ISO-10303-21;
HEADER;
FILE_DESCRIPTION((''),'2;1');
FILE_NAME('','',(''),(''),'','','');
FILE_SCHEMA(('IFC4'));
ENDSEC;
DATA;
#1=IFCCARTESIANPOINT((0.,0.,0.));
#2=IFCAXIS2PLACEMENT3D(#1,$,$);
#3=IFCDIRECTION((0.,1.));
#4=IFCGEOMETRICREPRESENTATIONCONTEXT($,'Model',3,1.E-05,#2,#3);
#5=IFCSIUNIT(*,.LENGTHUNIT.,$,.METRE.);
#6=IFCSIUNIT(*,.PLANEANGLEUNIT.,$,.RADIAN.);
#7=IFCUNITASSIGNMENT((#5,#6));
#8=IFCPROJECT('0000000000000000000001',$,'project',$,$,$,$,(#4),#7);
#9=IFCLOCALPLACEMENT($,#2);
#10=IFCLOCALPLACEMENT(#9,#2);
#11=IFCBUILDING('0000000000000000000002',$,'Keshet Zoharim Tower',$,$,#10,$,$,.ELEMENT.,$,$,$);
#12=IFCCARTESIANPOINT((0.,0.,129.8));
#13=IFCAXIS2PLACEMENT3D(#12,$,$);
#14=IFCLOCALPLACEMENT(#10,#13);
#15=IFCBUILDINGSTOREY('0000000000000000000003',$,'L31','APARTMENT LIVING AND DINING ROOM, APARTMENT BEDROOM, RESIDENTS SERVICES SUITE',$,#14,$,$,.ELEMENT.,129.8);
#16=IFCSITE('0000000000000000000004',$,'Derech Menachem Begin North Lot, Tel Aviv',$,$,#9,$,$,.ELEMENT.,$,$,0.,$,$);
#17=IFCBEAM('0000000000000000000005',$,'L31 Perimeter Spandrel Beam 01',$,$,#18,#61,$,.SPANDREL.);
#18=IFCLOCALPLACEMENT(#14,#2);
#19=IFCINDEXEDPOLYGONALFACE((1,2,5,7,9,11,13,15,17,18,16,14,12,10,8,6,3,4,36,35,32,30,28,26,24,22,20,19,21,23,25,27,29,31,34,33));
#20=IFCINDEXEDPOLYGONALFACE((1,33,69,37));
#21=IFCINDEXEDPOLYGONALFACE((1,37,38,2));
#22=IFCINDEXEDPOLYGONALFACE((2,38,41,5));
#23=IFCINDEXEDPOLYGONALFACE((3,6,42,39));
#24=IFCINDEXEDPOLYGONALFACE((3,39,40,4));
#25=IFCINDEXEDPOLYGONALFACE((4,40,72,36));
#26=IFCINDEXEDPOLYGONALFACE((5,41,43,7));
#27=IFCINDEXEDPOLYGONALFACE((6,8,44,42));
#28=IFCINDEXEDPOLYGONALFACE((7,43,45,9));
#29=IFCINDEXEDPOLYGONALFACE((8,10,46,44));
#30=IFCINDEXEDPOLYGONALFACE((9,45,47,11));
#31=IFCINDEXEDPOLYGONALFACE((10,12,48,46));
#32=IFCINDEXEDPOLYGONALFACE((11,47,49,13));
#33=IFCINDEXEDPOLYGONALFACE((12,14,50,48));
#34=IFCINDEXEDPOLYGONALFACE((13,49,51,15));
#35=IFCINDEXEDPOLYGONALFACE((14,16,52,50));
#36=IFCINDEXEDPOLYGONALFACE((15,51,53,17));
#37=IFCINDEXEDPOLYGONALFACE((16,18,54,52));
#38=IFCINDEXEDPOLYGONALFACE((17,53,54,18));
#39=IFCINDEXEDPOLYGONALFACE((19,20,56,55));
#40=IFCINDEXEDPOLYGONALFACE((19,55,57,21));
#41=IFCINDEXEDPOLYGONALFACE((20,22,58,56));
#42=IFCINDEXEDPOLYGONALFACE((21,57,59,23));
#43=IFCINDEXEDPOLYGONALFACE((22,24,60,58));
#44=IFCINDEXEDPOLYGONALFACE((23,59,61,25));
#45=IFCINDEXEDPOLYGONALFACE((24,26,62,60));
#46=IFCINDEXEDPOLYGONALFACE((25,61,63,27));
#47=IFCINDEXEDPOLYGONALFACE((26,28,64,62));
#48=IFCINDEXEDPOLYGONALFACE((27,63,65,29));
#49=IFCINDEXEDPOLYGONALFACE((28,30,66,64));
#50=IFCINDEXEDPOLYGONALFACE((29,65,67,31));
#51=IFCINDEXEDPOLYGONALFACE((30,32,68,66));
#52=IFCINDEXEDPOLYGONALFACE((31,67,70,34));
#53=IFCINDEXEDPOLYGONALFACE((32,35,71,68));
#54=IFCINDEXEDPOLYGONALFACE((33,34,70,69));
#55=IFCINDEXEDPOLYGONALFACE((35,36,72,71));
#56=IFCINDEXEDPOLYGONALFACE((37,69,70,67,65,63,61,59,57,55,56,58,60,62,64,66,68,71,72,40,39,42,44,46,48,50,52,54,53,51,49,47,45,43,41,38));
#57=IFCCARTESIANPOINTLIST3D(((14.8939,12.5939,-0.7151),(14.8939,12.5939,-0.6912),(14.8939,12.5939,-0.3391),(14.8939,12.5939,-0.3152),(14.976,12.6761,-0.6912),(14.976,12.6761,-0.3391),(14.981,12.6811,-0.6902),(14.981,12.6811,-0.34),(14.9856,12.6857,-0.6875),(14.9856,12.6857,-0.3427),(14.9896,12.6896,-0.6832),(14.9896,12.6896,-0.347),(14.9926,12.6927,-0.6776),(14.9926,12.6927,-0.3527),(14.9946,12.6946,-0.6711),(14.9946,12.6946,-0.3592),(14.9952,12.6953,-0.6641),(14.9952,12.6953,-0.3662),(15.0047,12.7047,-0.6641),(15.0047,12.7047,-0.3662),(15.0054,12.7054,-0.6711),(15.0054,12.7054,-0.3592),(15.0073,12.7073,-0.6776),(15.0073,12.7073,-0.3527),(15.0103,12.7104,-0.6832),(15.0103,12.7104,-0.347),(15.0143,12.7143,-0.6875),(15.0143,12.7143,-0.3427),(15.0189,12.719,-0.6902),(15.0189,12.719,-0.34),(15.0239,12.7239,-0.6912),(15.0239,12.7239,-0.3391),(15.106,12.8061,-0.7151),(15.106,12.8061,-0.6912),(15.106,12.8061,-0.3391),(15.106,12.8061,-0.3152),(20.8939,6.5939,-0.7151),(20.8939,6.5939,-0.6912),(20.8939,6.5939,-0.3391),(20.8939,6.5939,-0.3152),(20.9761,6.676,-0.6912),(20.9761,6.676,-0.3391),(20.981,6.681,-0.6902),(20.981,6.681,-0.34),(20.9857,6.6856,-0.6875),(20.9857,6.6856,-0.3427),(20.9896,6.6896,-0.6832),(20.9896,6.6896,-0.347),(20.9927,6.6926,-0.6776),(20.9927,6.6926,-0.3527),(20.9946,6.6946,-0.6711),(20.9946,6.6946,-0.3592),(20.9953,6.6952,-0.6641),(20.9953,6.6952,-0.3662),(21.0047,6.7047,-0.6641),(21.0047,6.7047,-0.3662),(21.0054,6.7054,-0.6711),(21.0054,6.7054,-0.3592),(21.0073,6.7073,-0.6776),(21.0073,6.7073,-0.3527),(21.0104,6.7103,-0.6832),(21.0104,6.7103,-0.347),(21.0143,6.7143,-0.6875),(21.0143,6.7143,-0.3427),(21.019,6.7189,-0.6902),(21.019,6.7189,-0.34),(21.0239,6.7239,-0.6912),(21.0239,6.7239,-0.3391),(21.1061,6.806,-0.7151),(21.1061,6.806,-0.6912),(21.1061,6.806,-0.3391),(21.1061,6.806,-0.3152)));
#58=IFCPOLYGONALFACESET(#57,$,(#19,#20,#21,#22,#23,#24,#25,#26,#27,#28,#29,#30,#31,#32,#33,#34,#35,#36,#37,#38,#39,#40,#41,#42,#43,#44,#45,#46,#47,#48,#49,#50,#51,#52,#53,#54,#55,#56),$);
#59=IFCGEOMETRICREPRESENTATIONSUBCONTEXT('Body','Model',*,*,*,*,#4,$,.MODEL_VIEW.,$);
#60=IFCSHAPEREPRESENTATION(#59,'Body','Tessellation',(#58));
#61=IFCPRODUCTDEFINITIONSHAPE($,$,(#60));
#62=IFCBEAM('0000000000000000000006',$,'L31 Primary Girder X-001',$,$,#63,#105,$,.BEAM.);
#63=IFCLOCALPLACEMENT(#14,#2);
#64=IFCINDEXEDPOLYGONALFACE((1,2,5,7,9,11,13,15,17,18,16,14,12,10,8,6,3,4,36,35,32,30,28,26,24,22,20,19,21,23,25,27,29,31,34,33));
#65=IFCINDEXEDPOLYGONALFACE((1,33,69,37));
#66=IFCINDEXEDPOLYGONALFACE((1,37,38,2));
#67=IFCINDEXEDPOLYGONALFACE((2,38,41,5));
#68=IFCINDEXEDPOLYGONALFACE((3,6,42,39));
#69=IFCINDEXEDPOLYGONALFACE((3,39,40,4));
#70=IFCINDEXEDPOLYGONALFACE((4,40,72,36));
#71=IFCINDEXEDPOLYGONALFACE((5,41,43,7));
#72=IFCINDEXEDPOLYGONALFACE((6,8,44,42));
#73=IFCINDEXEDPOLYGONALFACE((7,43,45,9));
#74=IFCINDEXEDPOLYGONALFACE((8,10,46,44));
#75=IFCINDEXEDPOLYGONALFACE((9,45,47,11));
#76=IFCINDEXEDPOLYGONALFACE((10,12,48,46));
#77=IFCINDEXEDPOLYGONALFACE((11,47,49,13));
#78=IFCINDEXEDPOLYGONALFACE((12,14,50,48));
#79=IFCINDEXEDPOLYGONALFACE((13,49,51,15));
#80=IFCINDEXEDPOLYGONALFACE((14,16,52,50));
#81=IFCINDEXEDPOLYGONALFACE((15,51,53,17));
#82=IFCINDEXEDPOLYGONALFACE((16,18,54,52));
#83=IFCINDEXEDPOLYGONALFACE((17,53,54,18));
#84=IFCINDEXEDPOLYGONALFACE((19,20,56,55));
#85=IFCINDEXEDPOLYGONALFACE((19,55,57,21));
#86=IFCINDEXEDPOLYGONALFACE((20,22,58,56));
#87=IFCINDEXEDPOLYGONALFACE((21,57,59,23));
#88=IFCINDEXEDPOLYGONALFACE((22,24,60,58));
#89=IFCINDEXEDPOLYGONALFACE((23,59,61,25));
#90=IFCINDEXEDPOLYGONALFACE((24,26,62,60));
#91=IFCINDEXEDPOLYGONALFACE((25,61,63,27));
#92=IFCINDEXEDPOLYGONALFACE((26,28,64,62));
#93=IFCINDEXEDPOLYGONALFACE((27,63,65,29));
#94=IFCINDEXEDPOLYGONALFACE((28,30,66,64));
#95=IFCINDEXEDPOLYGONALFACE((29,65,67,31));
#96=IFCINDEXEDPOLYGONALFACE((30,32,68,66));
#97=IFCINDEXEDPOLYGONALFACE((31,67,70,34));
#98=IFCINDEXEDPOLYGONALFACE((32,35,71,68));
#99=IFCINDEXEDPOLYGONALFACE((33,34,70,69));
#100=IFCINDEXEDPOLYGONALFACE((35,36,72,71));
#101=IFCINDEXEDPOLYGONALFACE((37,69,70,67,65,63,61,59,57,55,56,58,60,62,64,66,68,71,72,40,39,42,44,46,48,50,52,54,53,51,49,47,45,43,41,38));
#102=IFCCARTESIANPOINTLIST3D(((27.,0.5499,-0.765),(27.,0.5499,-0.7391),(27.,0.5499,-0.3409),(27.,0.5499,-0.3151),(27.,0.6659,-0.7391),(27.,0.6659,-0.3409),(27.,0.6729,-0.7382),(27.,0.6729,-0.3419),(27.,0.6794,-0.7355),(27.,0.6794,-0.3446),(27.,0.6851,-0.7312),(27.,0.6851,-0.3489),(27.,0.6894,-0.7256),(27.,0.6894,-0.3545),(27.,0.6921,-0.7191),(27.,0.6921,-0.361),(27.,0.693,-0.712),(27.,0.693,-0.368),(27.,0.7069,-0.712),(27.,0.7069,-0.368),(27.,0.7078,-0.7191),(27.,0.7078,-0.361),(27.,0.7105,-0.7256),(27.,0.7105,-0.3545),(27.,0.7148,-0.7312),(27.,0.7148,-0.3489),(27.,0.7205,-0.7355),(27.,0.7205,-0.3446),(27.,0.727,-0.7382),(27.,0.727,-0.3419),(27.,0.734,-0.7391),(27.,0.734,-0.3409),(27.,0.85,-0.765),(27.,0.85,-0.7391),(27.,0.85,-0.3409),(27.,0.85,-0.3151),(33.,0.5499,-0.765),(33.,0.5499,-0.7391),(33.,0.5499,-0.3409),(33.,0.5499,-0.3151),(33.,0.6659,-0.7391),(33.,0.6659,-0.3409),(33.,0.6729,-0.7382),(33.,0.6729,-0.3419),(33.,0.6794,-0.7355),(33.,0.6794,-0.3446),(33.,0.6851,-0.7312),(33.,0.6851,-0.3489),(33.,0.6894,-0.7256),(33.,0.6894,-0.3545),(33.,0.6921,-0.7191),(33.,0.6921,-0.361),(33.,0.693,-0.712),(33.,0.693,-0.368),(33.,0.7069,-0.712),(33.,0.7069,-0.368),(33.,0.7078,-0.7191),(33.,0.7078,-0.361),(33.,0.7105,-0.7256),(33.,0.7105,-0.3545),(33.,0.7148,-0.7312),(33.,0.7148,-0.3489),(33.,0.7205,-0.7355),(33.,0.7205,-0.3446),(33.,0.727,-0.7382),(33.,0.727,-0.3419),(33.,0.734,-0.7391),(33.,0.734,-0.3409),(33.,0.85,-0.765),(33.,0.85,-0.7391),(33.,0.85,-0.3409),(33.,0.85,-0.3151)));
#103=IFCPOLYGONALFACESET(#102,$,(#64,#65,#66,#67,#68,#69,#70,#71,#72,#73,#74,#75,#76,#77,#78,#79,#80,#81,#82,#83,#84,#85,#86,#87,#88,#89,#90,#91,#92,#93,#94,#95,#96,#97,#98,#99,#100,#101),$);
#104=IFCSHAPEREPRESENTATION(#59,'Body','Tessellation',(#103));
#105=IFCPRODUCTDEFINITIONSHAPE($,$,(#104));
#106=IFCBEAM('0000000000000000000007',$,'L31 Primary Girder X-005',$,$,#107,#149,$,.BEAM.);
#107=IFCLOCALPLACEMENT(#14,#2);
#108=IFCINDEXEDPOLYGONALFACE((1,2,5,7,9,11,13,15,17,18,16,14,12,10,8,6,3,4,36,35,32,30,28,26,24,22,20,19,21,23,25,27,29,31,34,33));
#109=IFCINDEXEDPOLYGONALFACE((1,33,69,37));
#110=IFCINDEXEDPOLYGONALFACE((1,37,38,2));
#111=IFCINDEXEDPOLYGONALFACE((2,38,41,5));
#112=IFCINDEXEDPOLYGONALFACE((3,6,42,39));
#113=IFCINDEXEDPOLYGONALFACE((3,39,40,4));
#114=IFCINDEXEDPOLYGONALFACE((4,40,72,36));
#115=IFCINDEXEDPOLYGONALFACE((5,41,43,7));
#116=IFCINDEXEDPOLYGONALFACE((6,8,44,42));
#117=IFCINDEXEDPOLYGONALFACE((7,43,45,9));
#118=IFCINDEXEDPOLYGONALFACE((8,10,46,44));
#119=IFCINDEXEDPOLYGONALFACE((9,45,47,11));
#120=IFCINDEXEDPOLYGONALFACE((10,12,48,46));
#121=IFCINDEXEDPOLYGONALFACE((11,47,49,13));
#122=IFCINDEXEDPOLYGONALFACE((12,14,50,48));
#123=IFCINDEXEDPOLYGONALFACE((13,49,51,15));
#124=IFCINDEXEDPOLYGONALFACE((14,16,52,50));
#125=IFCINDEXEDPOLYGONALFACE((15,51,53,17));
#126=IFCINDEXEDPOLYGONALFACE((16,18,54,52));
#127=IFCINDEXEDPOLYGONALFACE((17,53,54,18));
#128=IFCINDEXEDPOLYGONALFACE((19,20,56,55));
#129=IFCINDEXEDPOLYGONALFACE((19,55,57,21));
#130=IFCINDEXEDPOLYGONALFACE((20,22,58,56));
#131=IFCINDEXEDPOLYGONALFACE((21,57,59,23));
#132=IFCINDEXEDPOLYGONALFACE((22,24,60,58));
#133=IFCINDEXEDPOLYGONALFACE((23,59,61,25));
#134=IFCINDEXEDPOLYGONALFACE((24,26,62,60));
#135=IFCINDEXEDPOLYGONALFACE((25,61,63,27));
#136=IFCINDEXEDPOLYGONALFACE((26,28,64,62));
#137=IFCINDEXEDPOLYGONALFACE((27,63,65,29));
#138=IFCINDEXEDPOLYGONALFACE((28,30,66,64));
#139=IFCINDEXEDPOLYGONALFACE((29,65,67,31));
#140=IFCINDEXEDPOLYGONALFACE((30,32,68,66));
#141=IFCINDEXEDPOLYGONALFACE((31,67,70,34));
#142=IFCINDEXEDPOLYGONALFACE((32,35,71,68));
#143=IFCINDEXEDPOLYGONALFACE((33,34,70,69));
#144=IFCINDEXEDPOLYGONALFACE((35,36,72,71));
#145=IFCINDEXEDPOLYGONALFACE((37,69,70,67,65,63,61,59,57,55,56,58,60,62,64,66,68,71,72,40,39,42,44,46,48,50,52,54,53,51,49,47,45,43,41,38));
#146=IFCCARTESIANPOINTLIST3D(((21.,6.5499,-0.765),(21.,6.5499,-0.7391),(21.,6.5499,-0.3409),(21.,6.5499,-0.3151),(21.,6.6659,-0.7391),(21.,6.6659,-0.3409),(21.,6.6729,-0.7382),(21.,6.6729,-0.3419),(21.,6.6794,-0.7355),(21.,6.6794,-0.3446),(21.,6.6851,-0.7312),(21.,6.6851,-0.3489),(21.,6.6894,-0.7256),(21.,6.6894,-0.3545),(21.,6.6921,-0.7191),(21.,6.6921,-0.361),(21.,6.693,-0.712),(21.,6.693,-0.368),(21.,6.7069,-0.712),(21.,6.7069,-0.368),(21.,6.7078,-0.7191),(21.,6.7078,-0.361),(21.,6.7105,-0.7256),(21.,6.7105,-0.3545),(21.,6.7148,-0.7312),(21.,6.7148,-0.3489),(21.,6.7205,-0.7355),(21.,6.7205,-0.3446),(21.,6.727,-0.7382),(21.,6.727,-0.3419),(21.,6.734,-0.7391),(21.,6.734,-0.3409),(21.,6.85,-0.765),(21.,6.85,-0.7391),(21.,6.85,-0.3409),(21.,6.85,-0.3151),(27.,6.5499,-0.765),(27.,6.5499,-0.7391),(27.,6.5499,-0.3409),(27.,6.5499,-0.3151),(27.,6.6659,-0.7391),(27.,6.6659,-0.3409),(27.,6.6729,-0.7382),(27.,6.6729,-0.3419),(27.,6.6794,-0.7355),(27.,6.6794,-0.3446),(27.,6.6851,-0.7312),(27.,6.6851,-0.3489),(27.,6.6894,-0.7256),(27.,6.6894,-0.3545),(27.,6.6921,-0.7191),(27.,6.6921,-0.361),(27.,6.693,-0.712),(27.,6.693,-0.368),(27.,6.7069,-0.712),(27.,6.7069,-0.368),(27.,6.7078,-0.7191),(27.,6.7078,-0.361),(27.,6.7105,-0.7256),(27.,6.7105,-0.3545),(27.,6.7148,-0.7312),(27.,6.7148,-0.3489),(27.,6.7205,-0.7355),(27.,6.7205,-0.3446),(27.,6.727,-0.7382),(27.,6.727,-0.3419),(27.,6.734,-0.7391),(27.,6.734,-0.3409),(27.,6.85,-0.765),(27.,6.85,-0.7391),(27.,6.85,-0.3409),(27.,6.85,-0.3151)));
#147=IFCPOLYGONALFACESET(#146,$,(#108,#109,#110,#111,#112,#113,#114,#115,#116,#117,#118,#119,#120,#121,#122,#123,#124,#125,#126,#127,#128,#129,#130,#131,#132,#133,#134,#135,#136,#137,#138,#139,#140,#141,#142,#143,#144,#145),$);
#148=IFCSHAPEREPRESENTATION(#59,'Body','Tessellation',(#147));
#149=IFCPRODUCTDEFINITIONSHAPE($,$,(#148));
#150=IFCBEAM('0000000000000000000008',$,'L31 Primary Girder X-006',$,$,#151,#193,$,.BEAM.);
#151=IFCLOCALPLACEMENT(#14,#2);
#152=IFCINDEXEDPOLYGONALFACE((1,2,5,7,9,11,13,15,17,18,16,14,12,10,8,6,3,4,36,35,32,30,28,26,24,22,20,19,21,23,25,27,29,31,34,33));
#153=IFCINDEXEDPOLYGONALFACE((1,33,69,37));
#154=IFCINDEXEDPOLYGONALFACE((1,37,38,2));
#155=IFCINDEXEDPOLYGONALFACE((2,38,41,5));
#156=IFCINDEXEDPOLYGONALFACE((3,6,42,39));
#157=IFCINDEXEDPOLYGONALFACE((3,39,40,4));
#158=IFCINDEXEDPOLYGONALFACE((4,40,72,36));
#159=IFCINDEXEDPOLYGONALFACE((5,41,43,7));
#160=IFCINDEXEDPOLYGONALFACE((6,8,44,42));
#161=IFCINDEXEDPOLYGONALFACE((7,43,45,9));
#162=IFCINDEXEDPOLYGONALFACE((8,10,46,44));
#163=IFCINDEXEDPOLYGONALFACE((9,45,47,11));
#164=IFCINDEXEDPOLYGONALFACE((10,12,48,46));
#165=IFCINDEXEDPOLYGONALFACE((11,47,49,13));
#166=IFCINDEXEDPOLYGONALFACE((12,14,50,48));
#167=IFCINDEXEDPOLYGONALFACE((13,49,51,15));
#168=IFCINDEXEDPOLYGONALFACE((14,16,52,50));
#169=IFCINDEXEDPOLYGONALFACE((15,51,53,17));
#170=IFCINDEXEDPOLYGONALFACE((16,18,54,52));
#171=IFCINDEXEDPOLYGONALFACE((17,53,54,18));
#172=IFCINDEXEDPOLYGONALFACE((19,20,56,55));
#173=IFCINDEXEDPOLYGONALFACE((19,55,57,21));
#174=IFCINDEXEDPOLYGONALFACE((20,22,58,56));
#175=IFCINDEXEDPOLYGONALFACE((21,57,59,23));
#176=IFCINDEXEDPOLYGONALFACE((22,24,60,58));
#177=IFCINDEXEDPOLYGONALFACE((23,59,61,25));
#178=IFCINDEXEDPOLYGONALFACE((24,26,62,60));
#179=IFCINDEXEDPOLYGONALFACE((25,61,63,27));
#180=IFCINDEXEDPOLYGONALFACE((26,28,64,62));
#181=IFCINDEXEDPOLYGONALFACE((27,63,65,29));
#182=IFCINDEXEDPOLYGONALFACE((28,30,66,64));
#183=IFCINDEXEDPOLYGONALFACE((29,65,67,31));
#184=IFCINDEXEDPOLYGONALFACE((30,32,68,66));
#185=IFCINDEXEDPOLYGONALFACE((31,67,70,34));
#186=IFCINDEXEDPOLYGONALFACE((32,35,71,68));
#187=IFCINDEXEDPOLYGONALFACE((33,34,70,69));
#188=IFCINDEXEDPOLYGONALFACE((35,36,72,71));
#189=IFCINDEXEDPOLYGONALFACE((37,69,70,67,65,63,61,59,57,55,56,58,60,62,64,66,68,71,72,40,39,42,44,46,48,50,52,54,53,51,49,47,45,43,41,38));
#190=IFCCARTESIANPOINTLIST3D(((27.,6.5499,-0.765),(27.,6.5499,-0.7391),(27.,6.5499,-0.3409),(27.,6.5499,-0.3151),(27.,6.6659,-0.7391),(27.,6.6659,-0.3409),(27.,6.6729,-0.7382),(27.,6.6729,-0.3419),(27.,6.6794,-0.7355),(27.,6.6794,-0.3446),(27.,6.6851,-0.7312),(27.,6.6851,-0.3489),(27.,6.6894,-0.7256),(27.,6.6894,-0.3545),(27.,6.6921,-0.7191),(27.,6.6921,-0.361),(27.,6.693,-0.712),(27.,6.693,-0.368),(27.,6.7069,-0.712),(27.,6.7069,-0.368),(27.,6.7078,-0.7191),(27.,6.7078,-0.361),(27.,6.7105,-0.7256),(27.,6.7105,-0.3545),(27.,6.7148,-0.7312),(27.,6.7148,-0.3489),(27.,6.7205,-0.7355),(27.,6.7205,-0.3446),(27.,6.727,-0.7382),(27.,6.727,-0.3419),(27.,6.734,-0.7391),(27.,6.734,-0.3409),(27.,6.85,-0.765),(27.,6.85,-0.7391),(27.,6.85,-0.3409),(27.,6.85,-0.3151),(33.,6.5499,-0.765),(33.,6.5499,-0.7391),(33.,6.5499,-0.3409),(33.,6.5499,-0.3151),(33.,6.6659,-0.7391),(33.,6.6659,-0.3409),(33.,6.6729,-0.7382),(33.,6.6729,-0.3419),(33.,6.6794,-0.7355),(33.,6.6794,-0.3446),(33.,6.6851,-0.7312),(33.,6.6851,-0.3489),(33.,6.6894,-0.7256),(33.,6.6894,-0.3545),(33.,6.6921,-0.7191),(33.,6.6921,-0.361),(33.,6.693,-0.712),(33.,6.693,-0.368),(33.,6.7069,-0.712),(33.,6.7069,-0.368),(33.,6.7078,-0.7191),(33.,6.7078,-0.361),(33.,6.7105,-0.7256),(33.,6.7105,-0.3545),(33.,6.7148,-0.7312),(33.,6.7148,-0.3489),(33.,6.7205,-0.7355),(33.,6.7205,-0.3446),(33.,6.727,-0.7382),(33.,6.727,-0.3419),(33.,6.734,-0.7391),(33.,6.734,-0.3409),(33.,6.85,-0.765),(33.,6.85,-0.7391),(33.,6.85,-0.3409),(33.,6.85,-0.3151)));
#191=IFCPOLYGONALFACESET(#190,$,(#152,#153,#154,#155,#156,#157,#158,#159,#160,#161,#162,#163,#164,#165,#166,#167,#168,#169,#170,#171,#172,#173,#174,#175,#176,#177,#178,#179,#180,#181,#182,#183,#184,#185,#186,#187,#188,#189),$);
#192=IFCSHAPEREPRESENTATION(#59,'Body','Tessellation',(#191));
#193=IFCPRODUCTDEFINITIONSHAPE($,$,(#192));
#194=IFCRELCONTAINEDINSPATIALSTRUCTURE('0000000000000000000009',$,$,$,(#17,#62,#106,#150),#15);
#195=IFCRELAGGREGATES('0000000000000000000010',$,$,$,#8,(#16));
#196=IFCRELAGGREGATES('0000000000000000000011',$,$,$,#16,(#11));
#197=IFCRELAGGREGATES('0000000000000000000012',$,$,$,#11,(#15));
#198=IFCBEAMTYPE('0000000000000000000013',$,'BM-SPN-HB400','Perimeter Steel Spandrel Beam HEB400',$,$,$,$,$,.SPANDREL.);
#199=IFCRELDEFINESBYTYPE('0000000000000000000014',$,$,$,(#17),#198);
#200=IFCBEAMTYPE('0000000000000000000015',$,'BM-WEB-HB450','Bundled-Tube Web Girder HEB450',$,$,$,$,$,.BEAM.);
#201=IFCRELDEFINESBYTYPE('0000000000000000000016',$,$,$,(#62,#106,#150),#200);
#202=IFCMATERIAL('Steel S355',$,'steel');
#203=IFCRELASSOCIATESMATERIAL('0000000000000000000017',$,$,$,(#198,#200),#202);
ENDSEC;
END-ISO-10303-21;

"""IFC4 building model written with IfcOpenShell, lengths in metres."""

from ifc_helpers import new_model, si_unit, direction, frame, origin, origin_2d, place, context, subcontext, project, spatial, i_section, extrude, material, material_profile, profile_set, type_object, element, save


model = new_model("IFC4")

# Units and contexts
model_context = context("Model", 3, precision=1e-05, world=origin(), true_north=direction((0.0, 1.0)))
body_context = subcontext(model_context, "Body", "Model", "MODEL_VIEW")
ifc_project = project(units=[si_unit("LENGTHUNIT", "METRE"), si_unit("PLANEANGLEUNIT", "RADIAN")], contexts=[model_context])

# Site, building, storey
site_placement = place(None, origin())
site = spatial("IfcSite", under=ifc_project, at=site_placement, Name="Derech Menachem Begin North Lot, Tel Aviv", CompositionType="ELEMENT", RefElevation=0.0)
building_placement = place(site_placement, origin())
building = spatial("IfcBuilding", under=site, at=building_placement, Name="Keshet Zoharim Tower", CompositionType="ELEMENT")
storey_placement = place(building_placement, frame((0.0, 0.0, 129.8)))
storey = spatial("IfcBuildingStorey", under=building, at=storey_placement, Name="L31", Description="APARTMENT LIVING AND DINING ROOM, APARTMENT BEDROOM, RESIDENTS SERVICES SUITE", CompositionType="ELEMENT", Elevation=129.8)

# Shared definitions
ifc_material_1 = material(Name="Steel S355", Category="steel")

# Beams
ifc_material_profile_1 = material_profile(ifc_material_1, i_section(OverallWidth=0.3, OverallDepth=0.3999, WebThickness=0.0134, FlangeThickness=0.0239, FilletRadius=0.0271, at=origin_2d()), Name="HEB400")
ifc_profile_set_1 = profile_set([ifc_material_profile_1], Name="Steel S355")
beam_type_1 = type_object("IfcBeamType", Name="BM-SPN-HB400", Description="Perimeter Steel Spandrel Beam HEB400", PredefinedType="SPANDREL", material=ifc_profile_set_1)
beam_1_placement = place(storey_placement, frame((21.0, 6.7, -0.5151), z_axis=(-0.707107, 0.707107, 0.0), x_axis=(-0.707107, -0.707107, 0.0)))
element("IfcBeam", 1, at=beam_1_placement, inside=storey, type_object=beam_type_1, Name="L31 Perimeter Spandrel Beam 01", PredefinedType="SPANDREL", context=body_context, shape_type="SweptSolid", body=[
    extrude(i_section(OverallWidth=0.3, OverallDepth=0.3999, WebThickness=0.0134, FlangeThickness=0.0239, FilletRadius=0.0271, at=origin_2d()), origin(), (0.0, 0.0, 1.0), 8.4854),
])
ifc_material_profile_2 = material_profile(ifc_material_1, i_section(OverallWidth=0.3, OverallDepth=0.45, WebThickness=0.0139, FlangeThickness=0.0259, FilletRadius=0.0271, at=origin_2d()), Name="HEB450")
ifc_profile_set_2 = profile_set([ifc_material_profile_2], Name="Steel S355")
beam_type_2 = type_object("IfcBeamType", Name="BM-WEB-HB450", Description="Bundled-Tube Web Girder HEB450", PredefinedType="BEAM", material=ifc_profile_set_2)
for number, where, z_axis, x_axis, name in (
    (2, (27.0, 0.7, -0.54), (1.0, 0.0, 0.0), (0.0, 1.0, 0.0), "L31 Primary Girder X-001"),
    (3, (21.0, 6.7, -0.54), (1.0, 0.0, 0.0), (0.0, 1.0, 0.0), "L31 Primary Girder X-005"),
    (4, (27.0, 6.7, -0.54), (1.0, 0.0, 0.0), (0.0, 1.0, 0.0), "L31 Primary Girder X-006"),
):
    element("IfcBeam", number, at=place(storey_placement, frame(where, z_axis=z_axis, x_axis=x_axis)), inside=storey, type_object=beam_type_2, Name=name, PredefinedType="BEAM", context=body_context, shape_type="SweptSolid", body=[
        extrude(i_section(OverallWidth=0.3, OverallDepth=0.45, WebThickness=0.0139, FlangeThickness=0.0259, FilletRadius=0.0271, at=origin_2d()), origin(), (0.0, 0.0, 1.0), 6.0),
    ])

save(model, "model.ifc")
